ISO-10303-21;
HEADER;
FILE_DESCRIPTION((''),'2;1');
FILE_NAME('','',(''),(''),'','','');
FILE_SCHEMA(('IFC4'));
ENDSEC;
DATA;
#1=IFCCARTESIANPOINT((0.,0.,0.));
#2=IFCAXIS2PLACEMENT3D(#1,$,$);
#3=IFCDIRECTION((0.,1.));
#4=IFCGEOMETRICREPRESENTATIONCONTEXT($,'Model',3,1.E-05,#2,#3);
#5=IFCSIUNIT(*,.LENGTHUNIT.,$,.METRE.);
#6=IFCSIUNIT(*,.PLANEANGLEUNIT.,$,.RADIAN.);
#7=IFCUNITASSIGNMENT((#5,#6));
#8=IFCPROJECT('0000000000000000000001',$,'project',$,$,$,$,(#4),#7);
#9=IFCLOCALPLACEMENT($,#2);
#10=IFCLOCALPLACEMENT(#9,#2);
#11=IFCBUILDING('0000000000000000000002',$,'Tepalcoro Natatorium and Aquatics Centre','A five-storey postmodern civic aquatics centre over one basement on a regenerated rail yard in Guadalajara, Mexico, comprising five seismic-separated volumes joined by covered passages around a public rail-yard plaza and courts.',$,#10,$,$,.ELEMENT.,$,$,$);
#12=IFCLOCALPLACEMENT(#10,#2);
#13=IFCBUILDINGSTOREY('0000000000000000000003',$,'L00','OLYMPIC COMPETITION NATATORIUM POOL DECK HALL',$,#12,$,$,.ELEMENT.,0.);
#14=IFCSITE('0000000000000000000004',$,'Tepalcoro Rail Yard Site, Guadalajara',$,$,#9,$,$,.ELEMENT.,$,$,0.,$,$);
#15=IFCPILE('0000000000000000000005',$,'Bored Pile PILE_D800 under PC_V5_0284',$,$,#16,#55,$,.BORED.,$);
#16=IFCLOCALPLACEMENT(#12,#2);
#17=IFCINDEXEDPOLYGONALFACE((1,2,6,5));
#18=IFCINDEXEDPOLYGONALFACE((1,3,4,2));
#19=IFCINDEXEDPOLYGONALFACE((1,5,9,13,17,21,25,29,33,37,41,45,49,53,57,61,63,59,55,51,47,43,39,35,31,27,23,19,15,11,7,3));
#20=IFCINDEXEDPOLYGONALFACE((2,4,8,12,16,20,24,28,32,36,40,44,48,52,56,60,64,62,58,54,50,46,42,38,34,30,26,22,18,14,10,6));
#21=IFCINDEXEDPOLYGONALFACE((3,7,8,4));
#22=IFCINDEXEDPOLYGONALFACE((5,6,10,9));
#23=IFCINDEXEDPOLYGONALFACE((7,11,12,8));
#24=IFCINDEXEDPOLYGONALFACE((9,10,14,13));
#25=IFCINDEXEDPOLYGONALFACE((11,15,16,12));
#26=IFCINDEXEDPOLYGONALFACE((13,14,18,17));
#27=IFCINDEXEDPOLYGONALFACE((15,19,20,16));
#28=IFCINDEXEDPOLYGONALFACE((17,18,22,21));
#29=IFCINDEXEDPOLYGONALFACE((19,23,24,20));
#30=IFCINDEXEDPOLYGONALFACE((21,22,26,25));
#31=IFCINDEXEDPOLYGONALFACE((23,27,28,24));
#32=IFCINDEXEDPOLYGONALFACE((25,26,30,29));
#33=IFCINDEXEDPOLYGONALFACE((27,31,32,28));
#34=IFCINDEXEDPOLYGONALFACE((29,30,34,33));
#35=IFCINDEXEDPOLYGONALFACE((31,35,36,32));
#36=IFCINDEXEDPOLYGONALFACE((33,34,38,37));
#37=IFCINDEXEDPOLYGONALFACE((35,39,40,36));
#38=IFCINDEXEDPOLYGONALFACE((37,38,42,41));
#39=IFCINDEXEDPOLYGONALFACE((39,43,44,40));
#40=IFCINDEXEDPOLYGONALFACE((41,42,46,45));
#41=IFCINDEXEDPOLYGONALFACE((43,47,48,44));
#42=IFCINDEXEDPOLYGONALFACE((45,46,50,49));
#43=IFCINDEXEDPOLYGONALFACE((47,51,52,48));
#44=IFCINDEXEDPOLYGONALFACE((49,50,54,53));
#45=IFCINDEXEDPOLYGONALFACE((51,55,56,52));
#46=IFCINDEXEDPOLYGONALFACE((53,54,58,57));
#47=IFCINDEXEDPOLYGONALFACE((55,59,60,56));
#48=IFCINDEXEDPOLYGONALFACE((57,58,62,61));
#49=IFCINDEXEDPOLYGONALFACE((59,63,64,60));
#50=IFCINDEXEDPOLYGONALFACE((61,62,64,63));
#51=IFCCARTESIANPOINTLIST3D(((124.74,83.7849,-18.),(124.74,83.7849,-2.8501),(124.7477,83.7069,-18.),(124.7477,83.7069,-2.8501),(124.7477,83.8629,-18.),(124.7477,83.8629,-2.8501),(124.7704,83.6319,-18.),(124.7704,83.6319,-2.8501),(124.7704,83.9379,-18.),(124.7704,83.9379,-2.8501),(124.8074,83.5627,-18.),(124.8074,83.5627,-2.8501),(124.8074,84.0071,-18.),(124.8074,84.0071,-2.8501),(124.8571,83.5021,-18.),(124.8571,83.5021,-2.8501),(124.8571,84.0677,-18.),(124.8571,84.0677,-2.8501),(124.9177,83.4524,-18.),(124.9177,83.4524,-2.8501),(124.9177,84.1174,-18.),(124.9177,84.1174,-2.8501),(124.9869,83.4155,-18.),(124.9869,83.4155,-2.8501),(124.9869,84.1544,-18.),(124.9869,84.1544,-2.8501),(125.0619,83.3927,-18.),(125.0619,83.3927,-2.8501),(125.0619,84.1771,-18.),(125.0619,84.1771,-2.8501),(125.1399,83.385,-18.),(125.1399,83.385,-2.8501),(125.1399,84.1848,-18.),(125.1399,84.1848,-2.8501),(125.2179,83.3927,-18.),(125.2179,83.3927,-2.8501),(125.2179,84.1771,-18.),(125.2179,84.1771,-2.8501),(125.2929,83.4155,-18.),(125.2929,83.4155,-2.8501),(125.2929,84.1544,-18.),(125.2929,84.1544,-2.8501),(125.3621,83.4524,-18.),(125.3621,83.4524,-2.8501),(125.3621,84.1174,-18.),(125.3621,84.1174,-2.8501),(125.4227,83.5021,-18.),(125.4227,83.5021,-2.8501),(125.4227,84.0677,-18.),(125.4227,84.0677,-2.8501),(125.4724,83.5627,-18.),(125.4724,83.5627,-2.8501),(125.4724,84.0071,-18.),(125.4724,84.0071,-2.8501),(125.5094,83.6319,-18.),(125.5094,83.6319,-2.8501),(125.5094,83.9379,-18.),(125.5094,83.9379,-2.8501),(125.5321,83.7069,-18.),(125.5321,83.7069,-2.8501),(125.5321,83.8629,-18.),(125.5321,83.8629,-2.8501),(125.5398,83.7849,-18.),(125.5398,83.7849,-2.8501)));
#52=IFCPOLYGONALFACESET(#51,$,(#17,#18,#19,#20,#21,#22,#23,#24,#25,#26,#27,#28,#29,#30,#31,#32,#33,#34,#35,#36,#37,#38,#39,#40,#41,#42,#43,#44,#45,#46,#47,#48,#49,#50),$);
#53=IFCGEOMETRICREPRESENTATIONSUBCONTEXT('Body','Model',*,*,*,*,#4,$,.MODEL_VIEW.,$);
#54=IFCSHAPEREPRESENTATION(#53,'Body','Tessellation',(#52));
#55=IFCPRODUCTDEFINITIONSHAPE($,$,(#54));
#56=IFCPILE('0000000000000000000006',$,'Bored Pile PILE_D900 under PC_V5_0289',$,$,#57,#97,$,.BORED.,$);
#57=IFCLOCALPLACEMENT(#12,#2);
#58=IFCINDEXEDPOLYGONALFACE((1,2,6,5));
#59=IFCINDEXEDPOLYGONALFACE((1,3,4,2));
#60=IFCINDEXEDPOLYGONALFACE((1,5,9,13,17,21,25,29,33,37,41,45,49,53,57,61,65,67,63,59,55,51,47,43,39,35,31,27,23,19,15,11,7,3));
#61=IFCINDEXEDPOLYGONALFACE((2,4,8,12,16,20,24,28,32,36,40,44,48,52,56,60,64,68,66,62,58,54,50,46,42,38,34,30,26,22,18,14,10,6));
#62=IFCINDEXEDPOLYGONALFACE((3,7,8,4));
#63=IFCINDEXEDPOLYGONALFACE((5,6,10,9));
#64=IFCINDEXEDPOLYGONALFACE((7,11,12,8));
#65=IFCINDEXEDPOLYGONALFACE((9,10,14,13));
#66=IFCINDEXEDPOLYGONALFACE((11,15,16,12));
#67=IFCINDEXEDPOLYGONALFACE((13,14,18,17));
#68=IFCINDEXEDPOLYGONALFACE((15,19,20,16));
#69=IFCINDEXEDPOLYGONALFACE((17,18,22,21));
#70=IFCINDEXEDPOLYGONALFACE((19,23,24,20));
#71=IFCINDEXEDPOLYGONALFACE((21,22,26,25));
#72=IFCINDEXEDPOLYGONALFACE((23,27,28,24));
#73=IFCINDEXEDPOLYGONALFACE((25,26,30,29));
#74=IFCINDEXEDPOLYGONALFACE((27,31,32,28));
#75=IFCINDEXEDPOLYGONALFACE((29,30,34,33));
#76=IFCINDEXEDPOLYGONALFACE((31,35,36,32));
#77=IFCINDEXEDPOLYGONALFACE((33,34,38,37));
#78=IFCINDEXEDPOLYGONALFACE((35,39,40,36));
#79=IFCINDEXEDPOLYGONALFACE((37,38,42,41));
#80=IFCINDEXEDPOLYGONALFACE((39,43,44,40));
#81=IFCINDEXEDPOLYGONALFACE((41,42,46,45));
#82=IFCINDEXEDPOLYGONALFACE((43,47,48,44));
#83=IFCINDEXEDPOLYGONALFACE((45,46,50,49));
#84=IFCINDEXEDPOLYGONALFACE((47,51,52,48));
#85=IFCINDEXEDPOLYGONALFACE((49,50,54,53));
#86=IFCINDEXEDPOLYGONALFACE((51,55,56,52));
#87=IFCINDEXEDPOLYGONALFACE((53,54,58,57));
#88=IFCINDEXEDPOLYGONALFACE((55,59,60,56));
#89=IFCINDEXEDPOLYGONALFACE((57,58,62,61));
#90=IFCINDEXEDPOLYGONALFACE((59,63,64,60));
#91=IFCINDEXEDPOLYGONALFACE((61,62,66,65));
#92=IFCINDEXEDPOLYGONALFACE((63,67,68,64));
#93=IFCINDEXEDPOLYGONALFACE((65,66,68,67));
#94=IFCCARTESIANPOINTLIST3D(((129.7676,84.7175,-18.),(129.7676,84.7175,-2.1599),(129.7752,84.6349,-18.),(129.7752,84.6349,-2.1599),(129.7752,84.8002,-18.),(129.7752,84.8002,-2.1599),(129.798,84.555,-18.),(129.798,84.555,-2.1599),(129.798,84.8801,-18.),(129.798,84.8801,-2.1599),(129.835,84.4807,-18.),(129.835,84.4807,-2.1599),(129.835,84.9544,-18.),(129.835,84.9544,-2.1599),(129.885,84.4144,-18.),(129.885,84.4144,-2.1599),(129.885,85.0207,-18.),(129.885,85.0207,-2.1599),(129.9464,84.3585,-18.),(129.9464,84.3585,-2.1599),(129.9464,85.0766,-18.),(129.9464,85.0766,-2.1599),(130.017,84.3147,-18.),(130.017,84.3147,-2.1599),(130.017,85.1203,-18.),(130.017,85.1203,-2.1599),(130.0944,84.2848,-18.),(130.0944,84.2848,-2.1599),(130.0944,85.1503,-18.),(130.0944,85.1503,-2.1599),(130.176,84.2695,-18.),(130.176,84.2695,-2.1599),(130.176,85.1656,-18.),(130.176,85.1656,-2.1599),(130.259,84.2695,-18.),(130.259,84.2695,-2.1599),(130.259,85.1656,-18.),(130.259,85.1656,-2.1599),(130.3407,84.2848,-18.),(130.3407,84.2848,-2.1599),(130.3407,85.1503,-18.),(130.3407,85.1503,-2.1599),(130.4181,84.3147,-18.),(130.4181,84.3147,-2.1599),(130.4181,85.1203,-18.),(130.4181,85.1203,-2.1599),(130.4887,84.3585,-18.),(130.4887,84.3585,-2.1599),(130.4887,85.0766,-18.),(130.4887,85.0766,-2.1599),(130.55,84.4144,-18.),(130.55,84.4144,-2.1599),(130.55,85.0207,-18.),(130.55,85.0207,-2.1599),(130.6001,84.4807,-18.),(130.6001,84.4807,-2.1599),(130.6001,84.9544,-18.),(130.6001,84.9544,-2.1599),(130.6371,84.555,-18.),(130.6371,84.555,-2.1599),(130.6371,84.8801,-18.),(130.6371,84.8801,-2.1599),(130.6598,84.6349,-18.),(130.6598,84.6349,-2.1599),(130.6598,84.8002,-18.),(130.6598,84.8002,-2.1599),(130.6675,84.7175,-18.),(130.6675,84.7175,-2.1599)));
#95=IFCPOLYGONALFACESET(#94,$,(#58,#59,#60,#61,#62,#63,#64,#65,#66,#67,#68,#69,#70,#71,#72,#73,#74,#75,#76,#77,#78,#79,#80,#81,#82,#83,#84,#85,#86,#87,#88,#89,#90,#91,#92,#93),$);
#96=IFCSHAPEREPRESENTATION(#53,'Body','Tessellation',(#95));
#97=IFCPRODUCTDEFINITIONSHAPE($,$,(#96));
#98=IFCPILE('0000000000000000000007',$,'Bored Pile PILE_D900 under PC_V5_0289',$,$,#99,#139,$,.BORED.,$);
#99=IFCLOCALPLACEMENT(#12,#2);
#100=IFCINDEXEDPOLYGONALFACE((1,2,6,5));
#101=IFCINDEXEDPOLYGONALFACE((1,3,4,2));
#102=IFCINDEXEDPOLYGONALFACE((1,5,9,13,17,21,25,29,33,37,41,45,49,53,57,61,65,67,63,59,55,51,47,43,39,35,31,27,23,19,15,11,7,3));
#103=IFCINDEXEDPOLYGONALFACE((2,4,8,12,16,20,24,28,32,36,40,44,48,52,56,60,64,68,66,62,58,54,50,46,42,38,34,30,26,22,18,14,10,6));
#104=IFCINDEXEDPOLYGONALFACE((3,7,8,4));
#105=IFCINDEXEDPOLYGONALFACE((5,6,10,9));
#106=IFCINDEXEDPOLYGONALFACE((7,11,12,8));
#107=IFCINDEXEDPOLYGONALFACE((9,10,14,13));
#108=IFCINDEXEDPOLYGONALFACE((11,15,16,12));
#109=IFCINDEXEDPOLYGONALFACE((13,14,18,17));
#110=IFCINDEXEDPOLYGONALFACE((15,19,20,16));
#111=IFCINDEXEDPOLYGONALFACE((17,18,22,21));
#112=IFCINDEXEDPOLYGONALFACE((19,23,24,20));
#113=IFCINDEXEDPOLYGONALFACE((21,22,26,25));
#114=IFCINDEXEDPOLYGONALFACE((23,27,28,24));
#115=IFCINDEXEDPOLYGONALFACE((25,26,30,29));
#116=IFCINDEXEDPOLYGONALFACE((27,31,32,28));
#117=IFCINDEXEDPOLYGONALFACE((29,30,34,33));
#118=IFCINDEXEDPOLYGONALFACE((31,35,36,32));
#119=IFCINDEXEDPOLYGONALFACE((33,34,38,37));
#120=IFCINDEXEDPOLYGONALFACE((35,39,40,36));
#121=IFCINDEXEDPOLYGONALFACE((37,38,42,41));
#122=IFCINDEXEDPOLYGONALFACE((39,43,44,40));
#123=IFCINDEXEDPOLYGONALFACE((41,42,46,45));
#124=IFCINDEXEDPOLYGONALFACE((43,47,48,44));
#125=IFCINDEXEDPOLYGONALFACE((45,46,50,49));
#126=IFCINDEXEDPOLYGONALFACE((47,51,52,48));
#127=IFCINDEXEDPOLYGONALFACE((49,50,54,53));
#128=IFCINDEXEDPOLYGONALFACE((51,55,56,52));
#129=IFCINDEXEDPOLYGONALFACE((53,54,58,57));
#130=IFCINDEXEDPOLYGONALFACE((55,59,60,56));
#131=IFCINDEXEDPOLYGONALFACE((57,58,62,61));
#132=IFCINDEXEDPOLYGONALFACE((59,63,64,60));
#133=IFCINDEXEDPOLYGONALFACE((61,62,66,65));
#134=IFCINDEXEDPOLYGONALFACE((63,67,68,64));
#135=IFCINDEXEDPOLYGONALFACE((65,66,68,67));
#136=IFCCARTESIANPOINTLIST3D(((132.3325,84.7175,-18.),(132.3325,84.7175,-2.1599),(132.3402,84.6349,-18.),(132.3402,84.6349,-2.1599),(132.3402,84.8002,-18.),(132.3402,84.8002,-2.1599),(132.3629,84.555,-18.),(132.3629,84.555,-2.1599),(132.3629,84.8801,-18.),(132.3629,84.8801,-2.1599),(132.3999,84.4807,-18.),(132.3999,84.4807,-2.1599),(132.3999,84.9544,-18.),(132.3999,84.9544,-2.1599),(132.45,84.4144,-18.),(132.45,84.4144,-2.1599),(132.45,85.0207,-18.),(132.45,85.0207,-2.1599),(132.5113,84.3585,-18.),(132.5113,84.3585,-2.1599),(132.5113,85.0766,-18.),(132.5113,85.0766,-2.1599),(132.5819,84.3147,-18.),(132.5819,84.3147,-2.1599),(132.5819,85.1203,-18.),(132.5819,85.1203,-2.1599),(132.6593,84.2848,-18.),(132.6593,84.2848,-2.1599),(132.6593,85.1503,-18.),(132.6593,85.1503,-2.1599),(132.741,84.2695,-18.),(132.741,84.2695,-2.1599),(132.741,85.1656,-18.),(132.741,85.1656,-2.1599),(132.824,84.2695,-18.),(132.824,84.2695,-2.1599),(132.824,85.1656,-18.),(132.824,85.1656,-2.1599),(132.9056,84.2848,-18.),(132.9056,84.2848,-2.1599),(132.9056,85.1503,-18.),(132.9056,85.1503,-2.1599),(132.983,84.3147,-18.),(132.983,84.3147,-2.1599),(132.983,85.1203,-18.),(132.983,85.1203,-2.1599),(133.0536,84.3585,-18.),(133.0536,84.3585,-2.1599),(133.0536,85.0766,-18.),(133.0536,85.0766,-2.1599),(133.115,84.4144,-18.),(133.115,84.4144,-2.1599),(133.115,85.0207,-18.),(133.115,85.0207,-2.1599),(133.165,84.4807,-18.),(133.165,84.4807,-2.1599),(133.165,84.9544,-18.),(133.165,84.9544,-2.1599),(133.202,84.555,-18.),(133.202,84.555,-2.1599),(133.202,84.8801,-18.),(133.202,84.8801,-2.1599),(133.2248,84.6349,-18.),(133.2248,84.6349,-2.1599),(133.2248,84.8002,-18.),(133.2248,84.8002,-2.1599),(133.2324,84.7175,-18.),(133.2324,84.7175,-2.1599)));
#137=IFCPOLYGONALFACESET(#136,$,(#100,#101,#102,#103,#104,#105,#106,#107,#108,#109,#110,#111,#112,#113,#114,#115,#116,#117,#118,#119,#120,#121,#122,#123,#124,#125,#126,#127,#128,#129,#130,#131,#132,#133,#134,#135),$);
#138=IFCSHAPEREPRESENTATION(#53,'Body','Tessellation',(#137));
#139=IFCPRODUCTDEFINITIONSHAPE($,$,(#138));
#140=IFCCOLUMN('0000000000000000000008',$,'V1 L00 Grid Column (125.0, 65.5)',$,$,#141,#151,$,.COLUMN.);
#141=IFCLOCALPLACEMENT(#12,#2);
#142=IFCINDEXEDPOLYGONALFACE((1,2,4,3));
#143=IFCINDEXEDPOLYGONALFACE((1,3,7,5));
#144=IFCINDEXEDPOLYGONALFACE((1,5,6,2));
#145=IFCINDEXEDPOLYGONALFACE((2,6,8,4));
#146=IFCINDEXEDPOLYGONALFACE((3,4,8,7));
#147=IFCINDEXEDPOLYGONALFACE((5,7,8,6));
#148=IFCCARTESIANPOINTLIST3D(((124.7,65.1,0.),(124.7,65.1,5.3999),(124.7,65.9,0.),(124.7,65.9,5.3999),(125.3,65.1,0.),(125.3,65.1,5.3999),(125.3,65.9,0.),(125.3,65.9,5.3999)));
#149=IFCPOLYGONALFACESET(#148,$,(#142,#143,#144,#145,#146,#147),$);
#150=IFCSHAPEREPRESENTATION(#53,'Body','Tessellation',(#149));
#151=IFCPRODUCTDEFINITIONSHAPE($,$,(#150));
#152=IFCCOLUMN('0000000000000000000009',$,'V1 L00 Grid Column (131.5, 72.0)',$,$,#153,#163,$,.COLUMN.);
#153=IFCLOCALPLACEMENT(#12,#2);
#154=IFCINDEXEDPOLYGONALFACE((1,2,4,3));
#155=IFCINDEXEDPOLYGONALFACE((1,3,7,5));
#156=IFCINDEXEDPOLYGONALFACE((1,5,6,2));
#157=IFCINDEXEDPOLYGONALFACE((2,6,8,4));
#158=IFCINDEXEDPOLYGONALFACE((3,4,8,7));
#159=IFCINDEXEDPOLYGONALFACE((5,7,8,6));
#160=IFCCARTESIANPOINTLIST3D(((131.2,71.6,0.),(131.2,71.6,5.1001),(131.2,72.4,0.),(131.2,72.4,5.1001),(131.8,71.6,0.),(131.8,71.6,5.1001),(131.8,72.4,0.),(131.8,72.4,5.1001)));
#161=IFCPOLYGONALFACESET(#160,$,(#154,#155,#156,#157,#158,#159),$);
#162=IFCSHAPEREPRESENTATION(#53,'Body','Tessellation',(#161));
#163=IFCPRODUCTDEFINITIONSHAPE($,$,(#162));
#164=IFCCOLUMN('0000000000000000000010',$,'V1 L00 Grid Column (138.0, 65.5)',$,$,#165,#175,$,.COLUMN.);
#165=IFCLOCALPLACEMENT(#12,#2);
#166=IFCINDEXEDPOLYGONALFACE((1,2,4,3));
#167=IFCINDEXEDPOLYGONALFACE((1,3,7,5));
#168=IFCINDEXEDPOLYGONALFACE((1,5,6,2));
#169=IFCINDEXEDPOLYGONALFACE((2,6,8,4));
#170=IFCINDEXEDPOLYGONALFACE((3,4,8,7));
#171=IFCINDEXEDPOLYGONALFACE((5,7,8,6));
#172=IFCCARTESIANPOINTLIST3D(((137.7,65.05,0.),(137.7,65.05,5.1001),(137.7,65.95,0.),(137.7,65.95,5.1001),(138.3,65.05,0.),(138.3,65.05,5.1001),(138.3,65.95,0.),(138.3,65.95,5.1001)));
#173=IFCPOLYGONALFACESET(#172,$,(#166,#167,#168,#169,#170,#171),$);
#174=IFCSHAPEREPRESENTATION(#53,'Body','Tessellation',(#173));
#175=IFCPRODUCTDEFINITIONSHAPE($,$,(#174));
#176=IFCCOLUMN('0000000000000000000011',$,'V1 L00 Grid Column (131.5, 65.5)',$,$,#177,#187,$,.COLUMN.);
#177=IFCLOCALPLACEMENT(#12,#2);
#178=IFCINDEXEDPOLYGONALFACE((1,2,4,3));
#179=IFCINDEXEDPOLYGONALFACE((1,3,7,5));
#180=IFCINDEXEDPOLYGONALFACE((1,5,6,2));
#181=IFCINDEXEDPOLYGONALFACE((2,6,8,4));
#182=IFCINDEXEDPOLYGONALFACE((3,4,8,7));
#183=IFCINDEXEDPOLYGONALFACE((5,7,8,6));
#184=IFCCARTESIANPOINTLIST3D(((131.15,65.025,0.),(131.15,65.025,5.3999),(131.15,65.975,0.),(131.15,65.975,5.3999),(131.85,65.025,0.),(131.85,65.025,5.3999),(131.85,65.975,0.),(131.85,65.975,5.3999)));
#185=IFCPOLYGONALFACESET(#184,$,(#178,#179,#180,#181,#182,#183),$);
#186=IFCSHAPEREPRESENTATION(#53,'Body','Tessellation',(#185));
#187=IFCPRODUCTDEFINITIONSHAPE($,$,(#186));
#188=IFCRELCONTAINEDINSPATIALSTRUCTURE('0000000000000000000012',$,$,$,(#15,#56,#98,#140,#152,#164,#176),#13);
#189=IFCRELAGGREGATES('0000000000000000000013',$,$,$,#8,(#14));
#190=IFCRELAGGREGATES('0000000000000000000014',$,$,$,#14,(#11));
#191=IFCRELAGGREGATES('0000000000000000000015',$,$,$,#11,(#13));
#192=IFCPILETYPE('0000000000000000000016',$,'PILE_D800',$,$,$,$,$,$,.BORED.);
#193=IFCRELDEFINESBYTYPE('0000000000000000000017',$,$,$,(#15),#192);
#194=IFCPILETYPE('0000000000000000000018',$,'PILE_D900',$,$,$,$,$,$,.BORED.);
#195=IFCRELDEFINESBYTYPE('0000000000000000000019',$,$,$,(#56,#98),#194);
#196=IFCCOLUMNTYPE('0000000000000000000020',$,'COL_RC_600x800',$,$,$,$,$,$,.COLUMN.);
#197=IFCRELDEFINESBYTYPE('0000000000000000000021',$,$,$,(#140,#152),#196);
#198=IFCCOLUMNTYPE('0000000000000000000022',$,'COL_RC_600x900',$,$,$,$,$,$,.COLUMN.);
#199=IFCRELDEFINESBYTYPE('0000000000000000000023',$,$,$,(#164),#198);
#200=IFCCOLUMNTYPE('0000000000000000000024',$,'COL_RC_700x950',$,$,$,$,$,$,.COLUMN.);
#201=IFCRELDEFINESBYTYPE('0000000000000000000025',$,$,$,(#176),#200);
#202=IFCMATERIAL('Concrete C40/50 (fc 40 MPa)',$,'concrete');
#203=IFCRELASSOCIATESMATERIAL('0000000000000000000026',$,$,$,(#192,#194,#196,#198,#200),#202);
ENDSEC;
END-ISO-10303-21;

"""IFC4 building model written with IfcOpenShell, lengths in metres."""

from ifc_helpers import new_model, si_unit, direction, frame, origin, origin_2d, place, context, subcontext, project, spatial, rectangle, circle, extrude, material, material_profile, profile_set, type_object, element, save


model = new_model("IFC4")

# Units and contexts
model_context = context("Model", 3, precision=1e-05, world=origin(), true_north=direction((0.0, 1.0)))
body_context = subcontext(model_context, "Body", "Model", "MODEL_VIEW")
ifc_project = project(units=[si_unit("LENGTHUNIT", "METRE"), si_unit("PLANEANGLEUNIT", "RADIAN")], contexts=[model_context])

# Site, building, storey
site_placement = place(None, origin())
site = spatial("IfcSite", under=ifc_project, at=site_placement, Name="Tepalcoro Rail Yard Site, Guadalajara", CompositionType="ELEMENT", RefElevation=0.0)
building_placement = place(site_placement, origin())
building = spatial("IfcBuilding", under=site, at=building_placement, Name="Tepalcoro Natatorium and Aquatics Centre", Description="A five-storey postmodern civic aquatics centre over one basement on a regenerated rail yard in Guadalajara, Mexico, comprising five seismic-separated volumes joined by covered passages around a public rail-yard plaza and courts.", CompositionType="ELEMENT")
storey_placement = place(building_placement, origin())
storey = spatial("IfcBuildingStorey", under=building, at=storey_placement, Name="L00", Description="OLYMPIC COMPETITION NATATORIUM POOL DECK HALL", CompositionType="ELEMENT", Elevation=0.0)

# Piles
ifc_material_1 = material(Name="Concrete C40/50 (fc 40 MPa)", Category="concrete")
ifc_material_profile_1 = material_profile(ifc_material_1, circle(Radius=0.3999, at=origin_2d()), Name="PILE_D800")
ifc_profile_set_1 = profile_set([ifc_material_profile_1], Name="Concrete C40/50 (fc 40 MPa)")
pile_type_1 = type_object("IfcPileType", Name="PILE_D800", PredefinedType="BORED", material=ifc_profile_set_1)
pile_placement = place(storey_placement, frame((125.1399, 83.7849, -2.8501), z_axis=(0.0, 0.0, -1.0), x_axis=(1.0, 0.0, 0.0)))
element("IfcPile", 1, at=pile_placement, inside=storey, type_object=pile_type_1, Name="Bored Pile PILE_D800 under PC_V5_0284", PredefinedType="BORED", context=body_context, shape_type="SweptSolid", body=[
    extrude(circle(Radius=0.3999, at=origin_2d()), origin(), (0.0, 0.0, 1.0), 15.1499),
])
ifc_material_profile_2 = material_profile(ifc_material_1, circle(Radius=0.45, at=origin_2d()), Name="PILE_D900")
ifc_profile_set_2 = profile_set([ifc_material_profile_2], Name="Concrete C40/50 (fc 40 MPa)")
pile_type_2 = type_object("IfcPileType", Name="PILE_D900", PredefinedType="BORED", material=ifc_profile_set_2)
for number, where, z_axis, x_axis, name in (
    (2, (130.2175, 84.7175, -2.1599), (0.0, 0.0, -1.0), (1.0, 0.0, 0.0), "Bored Pile PILE_D900 under PC_V5_0289"),
    (3, (132.7825, 84.7175, -2.1599), (0.0, 0.0, -1.0), (1.0, 0.0, 0.0), "Bored Pile PILE_D900 under PC_V5_0289"),
):
    element("IfcPile", number, at=place(storey_placement, frame(where, z_axis=z_axis, x_axis=x_axis)), inside=storey, type_object=pile_type_2, Name=name, PredefinedType="BORED", context=body_context, shape_type="SweptSolid", body=[
        extrude(circle(Radius=0.45, at=origin_2d()), origin(), (0.0, 0.0, 1.0), 15.8401),
    ])

# Columns
ifc_material_profile_3 = material_profile(ifc_material_1, rectangle(XDim=0.6001, YDim=0.8, at=origin_2d()), Name="RC600x800")
ifc_profile_set_3 = profile_set([ifc_material_profile_3], Name="Concrete C40/50 (fc 40 MPa)")
column_type_1 = type_object("IfcColumnType", Name="COL_RC_600x800", PredefinedType="COLUMN", material=ifc_profile_set_3)
column_1_placement = place(storey_placement, frame((125.0, 65.5, 0.0), z_axis=(0.0, 0.0, 1.0), x_axis=(1.0, 0.0, 0.0)))
element("IfcColumn", 4, at=column_1_placement, inside=storey, type_object=column_type_1, Name="V1 L00 Grid Column (125.0, 65.5)", PredefinedType="COLUMN", context=body_context, shape_type="SweptSolid", body=[
    extrude(rectangle(XDim=0.6001, YDim=0.8, at=origin_2d()), origin(), (0.0, 0.0, 1.0), 5.3999),
])
column_2_placement = place(storey_placement, frame((131.5, 72.0, 0.0), z_axis=(0.0, 0.0, 1.0), x_axis=(1.0, 0.0, 0.0)))
element("IfcColumn", 5, at=column_2_placement, inside=storey, type_object=column_type_1, Name="V1 L00 Grid Column (131.5, 72.0)", PredefinedType="COLUMN", context=body_context, shape_type="SweptSolid", body=[
    extrude(rectangle(XDim=0.6001, YDim=0.8, at=origin_2d()), origin(), (0.0, 0.0, 1.0), 5.1001),
])
ifc_material_profile_4 = material_profile(ifc_material_1, rectangle(XDim=0.6001, YDim=0.8999, at=origin_2d()), Name="RC600x900")
ifc_profile_set_4 = profile_set([ifc_material_profile_4], Name="Concrete C40/50 (fc 40 MPa)")
column_type_2 = type_object("IfcColumnType", Name="COL_RC_600x900", PredefinedType="COLUMN", material=ifc_profile_set_4)
column_3_placement = place(storey_placement, frame((138.0, 65.5, 0.0), z_axis=(0.0, 0.0, 1.0), x_axis=(1.0, 0.0, 0.0)))
element("IfcColumn", 6, at=column_3_placement, inside=storey, type_object=column_type_2, Name="V1 L00 Grid Column (138.0, 65.5)", PredefinedType="COLUMN", context=body_context, shape_type="SweptSolid", body=[
    extrude(rectangle(XDim=0.6001, YDim=0.8999, at=origin_2d()), origin(), (0.0, 0.0, 1.0), 5.1001),
])
ifc_material_profile_5 = material_profile(ifc_material_1, rectangle(XDim=0.7, YDim=0.95, at=origin_2d()), Name="RC700x950")
ifc_profile_set_5 = profile_set([ifc_material_profile_5], Name="Concrete C40/50 (fc 40 MPa)")
column_type_3 = type_object("IfcColumnType", Name="COL_RC_700x950", PredefinedType="COLUMN", material=ifc_profile_set_5)
column_4_placement = place(storey_placement, frame((131.5, 65.5, 0.0), z_axis=(0.0, 0.0, 1.0), x_axis=(1.0, 0.0, 0.0)))
element("IfcColumn", 7, at=column_4_placement, inside=storey, type_object=column_type_3, Name="V1 L00 Grid Column (131.5, 65.5)", PredefinedType="COLUMN", context=body_context, shape_type="SweptSolid", body=[
    extrude(rectangle(XDim=0.7, YDim=0.95, at=origin_2d()), origin(), (0.0, 0.0, 1.0), 5.3999),
])

save(model, "model.ifc")
